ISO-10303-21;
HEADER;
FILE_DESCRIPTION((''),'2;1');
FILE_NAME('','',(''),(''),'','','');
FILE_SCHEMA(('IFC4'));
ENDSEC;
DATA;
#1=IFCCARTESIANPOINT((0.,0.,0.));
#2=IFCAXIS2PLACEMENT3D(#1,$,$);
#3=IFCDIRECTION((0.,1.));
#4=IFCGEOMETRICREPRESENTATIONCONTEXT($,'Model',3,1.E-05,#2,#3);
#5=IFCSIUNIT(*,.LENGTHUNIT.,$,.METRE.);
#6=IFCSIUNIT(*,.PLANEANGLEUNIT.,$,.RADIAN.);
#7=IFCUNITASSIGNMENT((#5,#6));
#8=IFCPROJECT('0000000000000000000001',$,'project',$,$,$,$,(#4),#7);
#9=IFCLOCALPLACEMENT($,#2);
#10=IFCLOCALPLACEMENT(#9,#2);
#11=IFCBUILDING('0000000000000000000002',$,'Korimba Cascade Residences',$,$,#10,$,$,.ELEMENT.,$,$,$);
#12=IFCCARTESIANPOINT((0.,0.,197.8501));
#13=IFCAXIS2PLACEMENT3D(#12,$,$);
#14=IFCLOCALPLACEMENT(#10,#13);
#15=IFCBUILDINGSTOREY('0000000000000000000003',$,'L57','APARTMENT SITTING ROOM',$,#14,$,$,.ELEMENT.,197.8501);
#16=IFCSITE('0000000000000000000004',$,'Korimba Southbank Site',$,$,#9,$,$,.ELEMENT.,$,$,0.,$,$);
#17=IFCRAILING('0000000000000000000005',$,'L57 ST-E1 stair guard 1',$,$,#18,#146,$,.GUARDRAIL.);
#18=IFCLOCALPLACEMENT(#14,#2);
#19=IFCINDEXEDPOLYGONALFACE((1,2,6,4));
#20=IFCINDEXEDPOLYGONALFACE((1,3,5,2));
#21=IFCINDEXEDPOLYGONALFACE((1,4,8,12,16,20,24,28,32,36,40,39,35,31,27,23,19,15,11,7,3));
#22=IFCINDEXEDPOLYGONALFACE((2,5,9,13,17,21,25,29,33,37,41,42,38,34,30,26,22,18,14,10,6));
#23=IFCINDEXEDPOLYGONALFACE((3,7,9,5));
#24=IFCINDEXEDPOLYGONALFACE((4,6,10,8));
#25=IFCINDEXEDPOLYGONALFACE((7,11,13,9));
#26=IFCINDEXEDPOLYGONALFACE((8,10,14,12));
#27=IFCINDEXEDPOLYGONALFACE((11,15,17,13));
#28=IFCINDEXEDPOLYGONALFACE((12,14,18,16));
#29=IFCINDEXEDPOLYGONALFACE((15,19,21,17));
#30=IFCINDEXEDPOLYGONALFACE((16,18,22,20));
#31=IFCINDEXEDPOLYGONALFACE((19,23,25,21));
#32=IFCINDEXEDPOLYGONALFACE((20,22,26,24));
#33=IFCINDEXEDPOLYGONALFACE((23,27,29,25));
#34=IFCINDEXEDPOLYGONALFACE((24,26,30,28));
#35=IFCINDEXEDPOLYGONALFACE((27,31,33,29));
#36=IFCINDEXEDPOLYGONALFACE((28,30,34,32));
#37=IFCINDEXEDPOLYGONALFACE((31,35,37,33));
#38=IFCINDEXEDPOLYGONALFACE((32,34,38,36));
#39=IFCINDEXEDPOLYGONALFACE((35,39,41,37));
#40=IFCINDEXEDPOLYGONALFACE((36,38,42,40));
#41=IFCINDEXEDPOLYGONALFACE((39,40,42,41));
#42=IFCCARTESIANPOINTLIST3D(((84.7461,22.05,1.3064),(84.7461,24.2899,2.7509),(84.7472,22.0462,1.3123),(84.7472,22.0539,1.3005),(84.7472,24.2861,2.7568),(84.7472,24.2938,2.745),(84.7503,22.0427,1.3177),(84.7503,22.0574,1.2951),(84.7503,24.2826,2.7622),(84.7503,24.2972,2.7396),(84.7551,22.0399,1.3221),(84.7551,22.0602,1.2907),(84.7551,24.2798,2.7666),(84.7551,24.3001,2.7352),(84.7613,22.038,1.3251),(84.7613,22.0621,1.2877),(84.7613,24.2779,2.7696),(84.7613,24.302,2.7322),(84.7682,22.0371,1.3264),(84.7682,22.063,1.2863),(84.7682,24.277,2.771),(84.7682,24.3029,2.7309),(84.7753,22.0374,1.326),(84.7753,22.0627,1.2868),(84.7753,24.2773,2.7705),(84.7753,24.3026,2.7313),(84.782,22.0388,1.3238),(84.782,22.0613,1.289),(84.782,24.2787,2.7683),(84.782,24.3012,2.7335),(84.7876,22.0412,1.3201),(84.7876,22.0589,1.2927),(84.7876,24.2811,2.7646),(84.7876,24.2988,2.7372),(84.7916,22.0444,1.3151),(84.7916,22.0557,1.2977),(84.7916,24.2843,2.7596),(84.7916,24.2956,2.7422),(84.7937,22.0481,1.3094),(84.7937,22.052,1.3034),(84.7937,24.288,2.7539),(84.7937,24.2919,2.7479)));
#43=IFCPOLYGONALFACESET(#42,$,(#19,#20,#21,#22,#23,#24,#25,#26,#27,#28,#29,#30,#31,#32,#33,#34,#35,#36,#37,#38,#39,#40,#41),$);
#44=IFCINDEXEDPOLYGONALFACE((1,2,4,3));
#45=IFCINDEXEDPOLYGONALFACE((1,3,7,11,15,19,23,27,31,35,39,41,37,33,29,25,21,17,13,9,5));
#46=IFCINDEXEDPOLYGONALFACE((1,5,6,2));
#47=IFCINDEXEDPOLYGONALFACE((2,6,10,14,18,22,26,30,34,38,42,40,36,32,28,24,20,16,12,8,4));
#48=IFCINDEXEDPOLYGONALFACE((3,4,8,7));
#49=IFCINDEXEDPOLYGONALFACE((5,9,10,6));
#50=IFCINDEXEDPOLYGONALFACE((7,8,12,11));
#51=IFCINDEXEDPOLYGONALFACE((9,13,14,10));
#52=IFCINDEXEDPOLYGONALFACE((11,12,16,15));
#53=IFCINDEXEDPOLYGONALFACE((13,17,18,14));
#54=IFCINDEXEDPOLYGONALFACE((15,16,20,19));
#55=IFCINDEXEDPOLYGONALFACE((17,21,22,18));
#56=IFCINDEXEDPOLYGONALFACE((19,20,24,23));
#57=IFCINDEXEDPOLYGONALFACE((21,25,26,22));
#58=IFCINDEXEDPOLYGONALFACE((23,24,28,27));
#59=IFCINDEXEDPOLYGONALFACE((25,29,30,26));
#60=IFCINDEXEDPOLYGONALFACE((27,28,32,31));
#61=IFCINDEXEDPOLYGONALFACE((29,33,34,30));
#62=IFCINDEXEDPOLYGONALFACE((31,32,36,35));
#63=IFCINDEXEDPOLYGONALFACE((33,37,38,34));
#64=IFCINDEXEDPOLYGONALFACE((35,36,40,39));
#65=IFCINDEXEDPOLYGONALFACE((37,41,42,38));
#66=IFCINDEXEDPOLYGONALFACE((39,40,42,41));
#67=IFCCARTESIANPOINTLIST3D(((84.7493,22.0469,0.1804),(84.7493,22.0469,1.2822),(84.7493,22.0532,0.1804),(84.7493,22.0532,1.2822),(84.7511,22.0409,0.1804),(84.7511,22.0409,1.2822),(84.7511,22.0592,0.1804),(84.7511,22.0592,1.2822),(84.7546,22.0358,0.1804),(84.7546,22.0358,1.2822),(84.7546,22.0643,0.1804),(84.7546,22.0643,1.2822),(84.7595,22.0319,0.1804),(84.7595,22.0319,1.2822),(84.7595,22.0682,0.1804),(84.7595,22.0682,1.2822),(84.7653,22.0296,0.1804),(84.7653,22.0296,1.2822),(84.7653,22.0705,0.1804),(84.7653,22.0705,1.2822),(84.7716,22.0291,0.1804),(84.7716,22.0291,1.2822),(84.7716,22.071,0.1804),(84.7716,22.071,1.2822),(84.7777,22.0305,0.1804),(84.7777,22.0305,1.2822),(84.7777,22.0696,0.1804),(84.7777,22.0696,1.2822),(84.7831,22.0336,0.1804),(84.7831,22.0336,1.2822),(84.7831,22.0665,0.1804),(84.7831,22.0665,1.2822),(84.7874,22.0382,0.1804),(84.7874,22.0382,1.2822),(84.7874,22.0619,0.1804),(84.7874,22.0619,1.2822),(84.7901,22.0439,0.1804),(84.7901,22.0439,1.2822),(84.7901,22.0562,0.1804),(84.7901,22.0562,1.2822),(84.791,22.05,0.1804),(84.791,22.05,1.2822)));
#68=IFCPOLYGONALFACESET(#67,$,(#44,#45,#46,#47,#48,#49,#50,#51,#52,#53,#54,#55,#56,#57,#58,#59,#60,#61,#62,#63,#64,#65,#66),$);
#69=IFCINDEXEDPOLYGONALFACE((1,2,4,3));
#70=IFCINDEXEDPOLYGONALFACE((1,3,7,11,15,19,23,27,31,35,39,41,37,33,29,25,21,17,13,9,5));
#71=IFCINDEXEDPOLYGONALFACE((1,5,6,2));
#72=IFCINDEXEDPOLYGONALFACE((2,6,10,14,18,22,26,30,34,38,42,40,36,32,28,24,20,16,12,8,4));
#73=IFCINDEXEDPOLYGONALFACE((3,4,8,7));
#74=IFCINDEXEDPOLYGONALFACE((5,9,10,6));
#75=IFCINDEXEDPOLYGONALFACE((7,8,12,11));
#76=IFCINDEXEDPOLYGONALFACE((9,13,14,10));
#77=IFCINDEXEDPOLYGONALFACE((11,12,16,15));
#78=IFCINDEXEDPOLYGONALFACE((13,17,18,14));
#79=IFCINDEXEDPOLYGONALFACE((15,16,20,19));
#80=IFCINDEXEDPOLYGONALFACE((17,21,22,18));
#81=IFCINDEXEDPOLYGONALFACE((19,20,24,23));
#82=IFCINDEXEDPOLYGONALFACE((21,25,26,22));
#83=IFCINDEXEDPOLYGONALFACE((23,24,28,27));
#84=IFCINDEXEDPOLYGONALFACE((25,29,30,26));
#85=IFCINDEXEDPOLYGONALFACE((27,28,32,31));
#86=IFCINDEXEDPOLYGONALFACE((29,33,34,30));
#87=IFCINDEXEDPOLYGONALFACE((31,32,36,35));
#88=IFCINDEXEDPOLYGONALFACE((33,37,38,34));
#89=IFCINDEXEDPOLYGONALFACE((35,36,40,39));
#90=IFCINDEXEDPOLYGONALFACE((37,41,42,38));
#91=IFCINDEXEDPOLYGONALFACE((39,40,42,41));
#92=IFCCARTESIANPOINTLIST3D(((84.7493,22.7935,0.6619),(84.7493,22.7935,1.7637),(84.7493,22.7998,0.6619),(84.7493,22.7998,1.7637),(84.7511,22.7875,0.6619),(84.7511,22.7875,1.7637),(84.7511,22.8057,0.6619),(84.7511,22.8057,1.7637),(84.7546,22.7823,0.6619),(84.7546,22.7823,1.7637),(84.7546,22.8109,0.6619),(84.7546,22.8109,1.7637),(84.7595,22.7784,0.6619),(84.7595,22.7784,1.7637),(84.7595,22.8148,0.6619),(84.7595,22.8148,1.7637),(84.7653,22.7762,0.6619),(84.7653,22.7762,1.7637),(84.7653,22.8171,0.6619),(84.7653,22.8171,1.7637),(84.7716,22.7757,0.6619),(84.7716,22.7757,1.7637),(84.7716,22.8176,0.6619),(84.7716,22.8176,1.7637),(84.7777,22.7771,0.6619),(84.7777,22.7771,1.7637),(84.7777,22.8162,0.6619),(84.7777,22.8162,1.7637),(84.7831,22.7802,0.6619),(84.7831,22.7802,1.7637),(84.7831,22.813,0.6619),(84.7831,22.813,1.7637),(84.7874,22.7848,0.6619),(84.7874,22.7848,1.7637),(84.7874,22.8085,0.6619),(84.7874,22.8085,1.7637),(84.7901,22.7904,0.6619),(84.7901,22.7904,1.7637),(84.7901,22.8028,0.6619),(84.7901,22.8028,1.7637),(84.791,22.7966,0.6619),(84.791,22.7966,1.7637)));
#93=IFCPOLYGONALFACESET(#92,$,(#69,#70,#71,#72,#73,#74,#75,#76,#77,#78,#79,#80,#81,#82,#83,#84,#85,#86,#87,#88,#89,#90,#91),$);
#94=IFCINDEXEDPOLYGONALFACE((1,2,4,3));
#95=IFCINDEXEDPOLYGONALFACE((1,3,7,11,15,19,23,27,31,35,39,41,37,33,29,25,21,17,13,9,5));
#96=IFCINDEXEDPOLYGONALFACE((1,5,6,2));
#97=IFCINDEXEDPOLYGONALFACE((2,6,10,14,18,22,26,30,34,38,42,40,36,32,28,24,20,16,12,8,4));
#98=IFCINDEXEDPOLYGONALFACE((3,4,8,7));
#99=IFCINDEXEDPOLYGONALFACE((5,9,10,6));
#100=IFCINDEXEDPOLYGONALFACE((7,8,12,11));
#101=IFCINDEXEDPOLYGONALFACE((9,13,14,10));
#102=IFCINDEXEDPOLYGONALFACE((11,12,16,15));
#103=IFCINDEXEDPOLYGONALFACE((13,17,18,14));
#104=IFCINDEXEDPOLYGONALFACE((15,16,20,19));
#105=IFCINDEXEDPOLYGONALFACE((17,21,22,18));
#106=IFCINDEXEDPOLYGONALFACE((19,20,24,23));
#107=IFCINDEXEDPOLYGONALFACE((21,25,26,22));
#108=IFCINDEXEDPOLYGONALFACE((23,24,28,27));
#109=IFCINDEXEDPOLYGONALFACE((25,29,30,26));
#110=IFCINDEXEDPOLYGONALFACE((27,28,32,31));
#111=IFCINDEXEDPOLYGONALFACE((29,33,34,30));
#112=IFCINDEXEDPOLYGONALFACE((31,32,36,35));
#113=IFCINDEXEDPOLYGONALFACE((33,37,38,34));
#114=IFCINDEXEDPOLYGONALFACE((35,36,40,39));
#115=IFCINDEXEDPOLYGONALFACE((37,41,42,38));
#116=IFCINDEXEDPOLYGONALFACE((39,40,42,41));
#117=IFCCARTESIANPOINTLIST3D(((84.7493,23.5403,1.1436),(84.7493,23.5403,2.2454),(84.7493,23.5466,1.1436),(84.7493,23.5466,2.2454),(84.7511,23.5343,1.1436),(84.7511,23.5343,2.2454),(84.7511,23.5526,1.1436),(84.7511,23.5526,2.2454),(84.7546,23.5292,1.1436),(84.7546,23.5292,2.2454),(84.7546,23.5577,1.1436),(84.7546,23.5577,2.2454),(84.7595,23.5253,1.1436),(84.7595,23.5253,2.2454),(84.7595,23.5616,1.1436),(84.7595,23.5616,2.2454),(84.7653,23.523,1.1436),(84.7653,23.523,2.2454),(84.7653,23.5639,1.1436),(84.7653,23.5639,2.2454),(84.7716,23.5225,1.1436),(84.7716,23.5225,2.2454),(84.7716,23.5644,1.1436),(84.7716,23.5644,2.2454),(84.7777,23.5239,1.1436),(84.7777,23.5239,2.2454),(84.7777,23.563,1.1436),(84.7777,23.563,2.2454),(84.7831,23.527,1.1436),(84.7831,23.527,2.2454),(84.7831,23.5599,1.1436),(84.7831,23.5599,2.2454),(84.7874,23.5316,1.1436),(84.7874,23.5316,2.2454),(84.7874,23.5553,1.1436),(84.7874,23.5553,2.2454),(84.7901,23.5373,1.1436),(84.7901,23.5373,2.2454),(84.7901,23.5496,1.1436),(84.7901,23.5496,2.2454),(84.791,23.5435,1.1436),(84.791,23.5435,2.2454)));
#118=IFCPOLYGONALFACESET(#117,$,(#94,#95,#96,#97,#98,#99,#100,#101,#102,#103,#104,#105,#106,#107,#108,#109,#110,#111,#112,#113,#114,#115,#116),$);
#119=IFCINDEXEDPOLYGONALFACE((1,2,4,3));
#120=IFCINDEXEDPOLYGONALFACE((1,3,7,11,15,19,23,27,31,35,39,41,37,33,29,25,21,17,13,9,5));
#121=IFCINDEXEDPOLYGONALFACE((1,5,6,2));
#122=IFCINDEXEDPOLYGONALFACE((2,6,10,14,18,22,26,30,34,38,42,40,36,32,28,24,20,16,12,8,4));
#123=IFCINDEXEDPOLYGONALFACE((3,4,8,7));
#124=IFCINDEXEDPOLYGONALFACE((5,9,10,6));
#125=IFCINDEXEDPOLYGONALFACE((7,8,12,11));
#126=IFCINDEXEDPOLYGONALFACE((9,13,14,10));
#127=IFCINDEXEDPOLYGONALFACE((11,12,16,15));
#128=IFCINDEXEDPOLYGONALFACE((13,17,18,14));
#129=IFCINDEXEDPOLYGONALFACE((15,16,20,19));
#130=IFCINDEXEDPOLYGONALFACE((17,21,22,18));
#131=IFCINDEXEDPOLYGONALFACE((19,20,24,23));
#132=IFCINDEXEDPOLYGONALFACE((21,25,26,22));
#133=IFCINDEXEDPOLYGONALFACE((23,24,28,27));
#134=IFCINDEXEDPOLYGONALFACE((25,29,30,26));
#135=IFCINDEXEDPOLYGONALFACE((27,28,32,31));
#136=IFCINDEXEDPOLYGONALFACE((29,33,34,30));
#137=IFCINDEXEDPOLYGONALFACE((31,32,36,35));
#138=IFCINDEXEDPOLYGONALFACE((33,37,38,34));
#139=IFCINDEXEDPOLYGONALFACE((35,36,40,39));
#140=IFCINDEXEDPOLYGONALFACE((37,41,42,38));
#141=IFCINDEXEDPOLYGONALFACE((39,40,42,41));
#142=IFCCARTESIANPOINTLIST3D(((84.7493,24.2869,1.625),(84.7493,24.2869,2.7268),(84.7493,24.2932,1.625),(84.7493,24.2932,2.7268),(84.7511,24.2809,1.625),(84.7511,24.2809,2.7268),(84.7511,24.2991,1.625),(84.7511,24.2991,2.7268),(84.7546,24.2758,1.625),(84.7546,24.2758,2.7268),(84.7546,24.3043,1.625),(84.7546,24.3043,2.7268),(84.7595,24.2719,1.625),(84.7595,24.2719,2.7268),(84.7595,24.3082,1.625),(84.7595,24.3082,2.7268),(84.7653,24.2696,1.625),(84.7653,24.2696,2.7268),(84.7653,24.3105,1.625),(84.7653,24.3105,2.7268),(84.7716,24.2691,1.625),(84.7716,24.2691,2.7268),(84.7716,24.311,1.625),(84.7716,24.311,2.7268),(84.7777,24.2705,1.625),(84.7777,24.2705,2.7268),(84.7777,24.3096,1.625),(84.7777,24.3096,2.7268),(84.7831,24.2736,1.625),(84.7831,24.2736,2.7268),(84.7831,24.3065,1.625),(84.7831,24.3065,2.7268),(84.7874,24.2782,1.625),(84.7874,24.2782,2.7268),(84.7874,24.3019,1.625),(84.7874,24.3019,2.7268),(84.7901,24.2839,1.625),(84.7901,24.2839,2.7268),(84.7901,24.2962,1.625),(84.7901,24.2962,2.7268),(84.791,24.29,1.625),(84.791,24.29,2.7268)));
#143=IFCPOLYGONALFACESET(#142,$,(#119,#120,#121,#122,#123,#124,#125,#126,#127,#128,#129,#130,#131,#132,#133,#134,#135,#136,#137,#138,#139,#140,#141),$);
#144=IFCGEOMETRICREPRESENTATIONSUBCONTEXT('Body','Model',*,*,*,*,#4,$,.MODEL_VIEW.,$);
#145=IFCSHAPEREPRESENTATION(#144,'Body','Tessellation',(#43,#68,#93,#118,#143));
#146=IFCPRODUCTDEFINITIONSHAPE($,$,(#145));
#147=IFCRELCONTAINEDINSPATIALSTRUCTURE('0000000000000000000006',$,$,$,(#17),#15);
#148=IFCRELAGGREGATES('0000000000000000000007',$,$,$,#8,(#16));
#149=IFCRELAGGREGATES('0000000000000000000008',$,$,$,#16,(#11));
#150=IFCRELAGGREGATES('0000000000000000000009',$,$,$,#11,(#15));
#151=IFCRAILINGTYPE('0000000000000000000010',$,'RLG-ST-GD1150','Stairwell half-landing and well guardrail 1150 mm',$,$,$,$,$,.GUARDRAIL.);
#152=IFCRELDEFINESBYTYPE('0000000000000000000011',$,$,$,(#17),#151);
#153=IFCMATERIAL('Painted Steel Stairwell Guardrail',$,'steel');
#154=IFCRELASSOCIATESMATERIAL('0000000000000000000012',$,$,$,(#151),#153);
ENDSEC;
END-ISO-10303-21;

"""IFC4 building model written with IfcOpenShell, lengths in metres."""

from ifc_helpers import new_model, si_unit, direction, frame, origin, origin_2d, place, context, subcontext, project, spatial, circle, extrude, material, type_object, element, save


model = new_model("IFC4")

# Units and contexts
model_context = context("Model", 3, precision=1e-05, world=origin(), true_north=direction((0.0, 1.0)))
body_context = subcontext(model_context, "Body", "Model", "MODEL_VIEW")
ifc_project = project(units=[si_unit("LENGTHUNIT", "METRE"), si_unit("PLANEANGLEUNIT", "RADIAN")], contexts=[model_context])

# Site, building, storey
site_placement = place(None, origin())
site = spatial("IfcSite", under=ifc_project, at=site_placement, Name="Korimba Southbank Site", CompositionType="ELEMENT", RefElevation=0.0)
building_placement = place(site_placement, origin())
building = spatial("IfcBuilding", under=site, at=building_placement, Name="Korimba Cascade Residences", CompositionType="ELEMENT")
storey_placement = place(building_placement, frame((0.0, 0.0, 197.8501)))
storey = spatial("IfcBuildingStorey", under=building, at=storey_placement, Name="L57", Description="APARTMENT SITTING ROOM", CompositionType="ELEMENT", Elevation=197.8501)

# Railing
ifc_material_1 = material(Name="Painted Steel Stairwell Guardrail", Category="steel")
railing_type_1 = type_object("IfcRailingType", Name="RLG-ST-GD1150", Description="Stairwell half-landing and well guardrail 1150 mm", PredefinedType="GUARDRAIL", material=ifc_material_1)
railing_1_placement = place(storey_placement, frame((84.77, 22.05, 0.1804)))
element("IfcRailing", 1, at=railing_1_placement, inside=storey, type_object=railing_type_1, Name="L57 ST-E1 stair guard 1", PredefinedType="GUARDRAIL", context=body_context, shape_type="SweptSolid", body=[
    extrude(circle(Radius=0.0239, at=origin_2d()), frame((0.0, 0.0, 1.126), z_axis=(0.0, 0.840395, 0.541975), x_axis=(-1.0, 0.0, 0.0)), (0.0, 0.0, 1.0), 2.6653),
    extrude(circle(Radius=0.021, at=origin_2d()), origin(), (0.0, 0.0, 1.0), 1.1018),
    extrude(circle(Radius=0.021, at=origin_2d()), frame((0.0, 0.7466, 0.4814)), (0.0, 0.0, 1.0), 1.1018),
    extrude(circle(Radius=0.021, at=origin_2d()), frame((0.0, 1.4934, 0.9631)), (0.0, 0.0, 1.0), 1.1018),
    extrude(circle(Radius=0.021, at=origin_2d()), frame((0.0, 2.24, 1.4446)), (0.0, 0.0, 1.0), 1.1018),
])

save(model, "model.ifc")
